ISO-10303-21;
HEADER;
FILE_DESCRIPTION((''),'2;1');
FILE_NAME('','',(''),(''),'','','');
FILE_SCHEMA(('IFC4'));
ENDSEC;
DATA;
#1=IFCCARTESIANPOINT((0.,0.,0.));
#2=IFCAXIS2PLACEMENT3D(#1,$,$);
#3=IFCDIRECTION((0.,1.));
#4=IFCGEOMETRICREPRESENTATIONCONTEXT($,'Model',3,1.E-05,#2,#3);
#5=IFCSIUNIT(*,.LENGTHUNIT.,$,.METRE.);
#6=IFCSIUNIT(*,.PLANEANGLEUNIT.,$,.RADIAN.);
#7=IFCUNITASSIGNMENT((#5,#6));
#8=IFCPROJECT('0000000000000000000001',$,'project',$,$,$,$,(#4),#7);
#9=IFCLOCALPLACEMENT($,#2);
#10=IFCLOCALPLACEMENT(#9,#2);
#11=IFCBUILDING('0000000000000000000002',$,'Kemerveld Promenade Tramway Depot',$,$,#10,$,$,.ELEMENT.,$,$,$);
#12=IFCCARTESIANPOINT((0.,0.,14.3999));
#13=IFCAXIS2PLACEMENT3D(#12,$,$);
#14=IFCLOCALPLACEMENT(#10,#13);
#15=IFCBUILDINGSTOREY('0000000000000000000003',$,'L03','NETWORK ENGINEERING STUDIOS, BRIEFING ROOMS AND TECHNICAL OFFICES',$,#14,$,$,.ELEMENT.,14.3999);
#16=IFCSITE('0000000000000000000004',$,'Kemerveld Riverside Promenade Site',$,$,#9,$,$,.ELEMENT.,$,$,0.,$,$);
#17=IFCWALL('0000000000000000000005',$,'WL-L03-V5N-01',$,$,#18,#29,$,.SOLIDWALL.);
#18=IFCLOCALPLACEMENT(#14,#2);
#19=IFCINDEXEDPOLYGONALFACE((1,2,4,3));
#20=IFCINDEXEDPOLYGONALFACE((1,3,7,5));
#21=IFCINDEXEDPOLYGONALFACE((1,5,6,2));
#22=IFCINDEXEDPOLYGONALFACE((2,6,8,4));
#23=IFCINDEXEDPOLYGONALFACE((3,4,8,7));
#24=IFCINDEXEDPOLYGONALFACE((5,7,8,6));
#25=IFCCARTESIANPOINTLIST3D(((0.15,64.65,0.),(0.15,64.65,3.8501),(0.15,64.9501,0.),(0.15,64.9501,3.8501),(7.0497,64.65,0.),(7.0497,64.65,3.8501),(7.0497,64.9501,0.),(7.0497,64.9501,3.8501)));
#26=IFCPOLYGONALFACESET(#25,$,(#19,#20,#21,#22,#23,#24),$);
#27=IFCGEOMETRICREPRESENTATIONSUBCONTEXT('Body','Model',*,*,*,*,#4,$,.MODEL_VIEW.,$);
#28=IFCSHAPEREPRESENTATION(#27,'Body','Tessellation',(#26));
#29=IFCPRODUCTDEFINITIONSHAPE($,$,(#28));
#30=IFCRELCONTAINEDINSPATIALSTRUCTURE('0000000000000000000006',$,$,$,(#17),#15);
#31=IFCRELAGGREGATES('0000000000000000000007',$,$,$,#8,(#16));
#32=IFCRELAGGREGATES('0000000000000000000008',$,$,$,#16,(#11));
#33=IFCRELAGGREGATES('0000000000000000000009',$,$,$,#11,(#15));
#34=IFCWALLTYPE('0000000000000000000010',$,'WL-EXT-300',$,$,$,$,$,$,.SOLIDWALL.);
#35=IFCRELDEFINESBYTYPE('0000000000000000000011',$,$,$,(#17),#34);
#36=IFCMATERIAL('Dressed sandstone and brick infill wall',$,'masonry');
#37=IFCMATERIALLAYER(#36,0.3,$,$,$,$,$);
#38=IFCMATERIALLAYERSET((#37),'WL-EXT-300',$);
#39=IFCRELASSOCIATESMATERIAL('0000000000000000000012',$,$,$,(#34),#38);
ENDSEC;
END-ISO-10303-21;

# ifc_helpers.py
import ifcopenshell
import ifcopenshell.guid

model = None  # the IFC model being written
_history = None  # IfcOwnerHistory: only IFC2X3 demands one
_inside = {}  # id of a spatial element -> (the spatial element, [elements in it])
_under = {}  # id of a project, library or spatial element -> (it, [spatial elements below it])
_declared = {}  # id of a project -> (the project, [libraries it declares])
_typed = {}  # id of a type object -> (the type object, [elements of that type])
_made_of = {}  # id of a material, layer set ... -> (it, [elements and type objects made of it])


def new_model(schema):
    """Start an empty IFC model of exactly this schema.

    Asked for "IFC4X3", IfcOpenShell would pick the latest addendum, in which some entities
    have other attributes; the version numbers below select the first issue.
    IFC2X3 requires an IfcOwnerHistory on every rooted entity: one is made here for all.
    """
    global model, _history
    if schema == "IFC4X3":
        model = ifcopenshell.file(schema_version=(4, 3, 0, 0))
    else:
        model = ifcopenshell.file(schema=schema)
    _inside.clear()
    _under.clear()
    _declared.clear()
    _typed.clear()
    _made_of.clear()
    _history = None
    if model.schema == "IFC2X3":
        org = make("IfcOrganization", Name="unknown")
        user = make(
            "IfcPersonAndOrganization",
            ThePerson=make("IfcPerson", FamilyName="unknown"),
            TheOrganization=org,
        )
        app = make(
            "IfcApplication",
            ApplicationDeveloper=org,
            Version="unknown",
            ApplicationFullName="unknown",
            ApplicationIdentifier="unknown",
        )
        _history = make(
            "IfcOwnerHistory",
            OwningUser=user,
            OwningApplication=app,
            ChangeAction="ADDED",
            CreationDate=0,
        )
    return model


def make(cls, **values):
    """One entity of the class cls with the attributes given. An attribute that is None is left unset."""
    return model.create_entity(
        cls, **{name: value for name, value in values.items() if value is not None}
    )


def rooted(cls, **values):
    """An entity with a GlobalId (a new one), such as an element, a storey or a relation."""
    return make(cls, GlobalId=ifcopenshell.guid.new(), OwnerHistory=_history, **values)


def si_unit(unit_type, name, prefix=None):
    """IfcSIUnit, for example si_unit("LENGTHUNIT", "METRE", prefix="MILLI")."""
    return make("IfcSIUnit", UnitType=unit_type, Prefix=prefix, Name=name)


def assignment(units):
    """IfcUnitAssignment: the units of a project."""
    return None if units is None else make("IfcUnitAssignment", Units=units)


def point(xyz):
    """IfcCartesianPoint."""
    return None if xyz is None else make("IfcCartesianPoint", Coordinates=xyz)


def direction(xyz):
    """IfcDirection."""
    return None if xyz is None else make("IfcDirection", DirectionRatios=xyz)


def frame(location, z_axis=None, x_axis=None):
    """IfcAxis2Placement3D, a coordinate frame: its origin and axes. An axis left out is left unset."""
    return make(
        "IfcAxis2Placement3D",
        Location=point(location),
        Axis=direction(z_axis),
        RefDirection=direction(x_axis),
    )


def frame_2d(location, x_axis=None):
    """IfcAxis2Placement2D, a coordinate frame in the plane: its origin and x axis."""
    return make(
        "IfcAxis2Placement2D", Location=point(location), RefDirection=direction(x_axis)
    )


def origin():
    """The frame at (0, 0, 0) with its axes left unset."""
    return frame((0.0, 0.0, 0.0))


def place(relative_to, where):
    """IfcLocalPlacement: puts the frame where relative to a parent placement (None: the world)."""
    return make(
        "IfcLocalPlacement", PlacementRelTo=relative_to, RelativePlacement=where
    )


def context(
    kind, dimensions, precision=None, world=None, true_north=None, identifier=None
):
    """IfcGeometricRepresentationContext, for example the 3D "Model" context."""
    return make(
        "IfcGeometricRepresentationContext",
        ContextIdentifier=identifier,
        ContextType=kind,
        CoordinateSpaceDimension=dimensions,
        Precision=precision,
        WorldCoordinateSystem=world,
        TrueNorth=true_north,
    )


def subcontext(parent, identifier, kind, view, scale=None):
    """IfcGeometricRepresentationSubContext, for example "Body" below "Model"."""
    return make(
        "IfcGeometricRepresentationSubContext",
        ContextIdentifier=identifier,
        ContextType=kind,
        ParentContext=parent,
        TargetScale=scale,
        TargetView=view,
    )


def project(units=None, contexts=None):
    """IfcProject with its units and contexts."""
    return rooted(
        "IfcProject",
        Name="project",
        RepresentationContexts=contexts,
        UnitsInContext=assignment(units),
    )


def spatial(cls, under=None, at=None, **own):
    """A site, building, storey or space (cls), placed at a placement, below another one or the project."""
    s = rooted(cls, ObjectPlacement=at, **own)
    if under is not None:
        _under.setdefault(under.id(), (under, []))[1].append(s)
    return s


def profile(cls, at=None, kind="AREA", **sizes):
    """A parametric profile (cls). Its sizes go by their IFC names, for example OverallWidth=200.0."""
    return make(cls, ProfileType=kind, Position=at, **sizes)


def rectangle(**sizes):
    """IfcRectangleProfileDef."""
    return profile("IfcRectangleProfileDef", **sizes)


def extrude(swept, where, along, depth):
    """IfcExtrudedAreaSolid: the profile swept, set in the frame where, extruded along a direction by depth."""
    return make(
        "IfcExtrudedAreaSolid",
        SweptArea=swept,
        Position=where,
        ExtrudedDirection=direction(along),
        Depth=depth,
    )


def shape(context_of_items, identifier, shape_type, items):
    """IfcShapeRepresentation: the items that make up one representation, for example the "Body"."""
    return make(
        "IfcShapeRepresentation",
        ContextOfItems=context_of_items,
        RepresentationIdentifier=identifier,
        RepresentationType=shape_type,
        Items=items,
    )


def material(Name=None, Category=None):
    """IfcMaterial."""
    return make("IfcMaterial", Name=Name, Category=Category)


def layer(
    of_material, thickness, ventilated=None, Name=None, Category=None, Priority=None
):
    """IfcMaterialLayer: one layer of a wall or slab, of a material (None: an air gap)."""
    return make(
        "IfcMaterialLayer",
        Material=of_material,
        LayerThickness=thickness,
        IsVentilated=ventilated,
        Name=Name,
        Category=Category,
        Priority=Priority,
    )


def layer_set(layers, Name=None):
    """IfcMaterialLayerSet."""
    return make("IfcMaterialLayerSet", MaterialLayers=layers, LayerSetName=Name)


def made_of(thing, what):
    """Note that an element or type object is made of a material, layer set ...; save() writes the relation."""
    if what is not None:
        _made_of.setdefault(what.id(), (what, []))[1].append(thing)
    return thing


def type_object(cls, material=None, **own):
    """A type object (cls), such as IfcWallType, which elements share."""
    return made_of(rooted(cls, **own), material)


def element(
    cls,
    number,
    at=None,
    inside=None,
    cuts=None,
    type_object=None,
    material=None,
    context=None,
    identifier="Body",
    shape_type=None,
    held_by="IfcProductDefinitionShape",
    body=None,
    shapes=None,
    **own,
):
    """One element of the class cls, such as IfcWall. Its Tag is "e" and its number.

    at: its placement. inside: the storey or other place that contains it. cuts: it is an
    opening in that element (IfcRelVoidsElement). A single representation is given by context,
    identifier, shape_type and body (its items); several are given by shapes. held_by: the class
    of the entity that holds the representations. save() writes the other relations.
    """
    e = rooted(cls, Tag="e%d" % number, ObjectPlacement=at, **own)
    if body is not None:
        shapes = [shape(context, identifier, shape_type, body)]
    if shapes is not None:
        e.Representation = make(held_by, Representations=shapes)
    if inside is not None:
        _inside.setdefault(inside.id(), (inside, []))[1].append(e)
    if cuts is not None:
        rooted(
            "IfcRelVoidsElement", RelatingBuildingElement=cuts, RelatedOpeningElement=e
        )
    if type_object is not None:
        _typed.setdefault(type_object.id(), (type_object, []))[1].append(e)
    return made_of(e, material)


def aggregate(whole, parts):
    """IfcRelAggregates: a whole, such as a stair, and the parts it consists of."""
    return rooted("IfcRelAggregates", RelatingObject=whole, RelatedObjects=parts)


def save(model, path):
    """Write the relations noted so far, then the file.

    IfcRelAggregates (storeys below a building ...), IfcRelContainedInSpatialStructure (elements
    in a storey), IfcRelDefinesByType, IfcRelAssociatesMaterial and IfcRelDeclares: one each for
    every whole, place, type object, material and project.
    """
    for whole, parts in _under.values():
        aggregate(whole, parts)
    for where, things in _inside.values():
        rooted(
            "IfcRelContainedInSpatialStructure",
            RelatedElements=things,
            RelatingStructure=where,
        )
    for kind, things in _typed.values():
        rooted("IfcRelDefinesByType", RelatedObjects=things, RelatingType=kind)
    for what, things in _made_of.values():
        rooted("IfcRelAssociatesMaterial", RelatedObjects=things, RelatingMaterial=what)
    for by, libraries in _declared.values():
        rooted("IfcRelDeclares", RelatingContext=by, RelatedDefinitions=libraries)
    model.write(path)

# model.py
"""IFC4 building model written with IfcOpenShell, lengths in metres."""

from ifc_helpers import new_model, si_unit, direction, frame, frame_2d, origin, place, context, subcontext, project, spatial, rectangle, extrude, material, layer, layer_set, type_object, element, save


model = new_model("IFC4")

# Units and contexts
model_context = context("Model", 3, precision=1e-05, world=origin(), true_north=direction((0.0, 1.0)))
body_context = subcontext(model_context, "Body", "Model", "MODEL_VIEW")
ifc_project = project(units=[si_unit("LENGTHUNIT", "METRE"), si_unit("PLANEANGLEUNIT", "RADIAN")], contexts=[model_context])

# Site, building, storey
site_placement = place(None, origin())
site = spatial("IfcSite", under=ifc_project, at=site_placement, Name="Kemerveld Riverside Promenade Site", CompositionType="ELEMENT", RefElevation=0.0)
building_placement = place(site_placement, origin())
building = spatial("IfcBuilding", under=site, at=building_placement, Name="Kemerveld Promenade Tramway Depot", CompositionType="ELEMENT")
storey_placement = place(building_placement, frame((0.0, 0.0, 14.3999)))
storey = spatial("IfcBuildingStorey", under=building, at=storey_placement, Name="L03", Description="NETWORK ENGINEERING STUDIOS, BRIEFING ROOMS AND TECHNICAL OFFICES", CompositionType="ELEMENT", Elevation=14.3999)

# Wall
ifc_material_1 = material(Name="Dressed sandstone and brick infill wall", Category="masonry")
ifc_layer_1 = layer(ifc_material_1, 0.3)
ifc_layer_set_1 = layer_set([ifc_layer_1], Name="WL-EXT-300")
wall_type = type_object("IfcWallType", Name="WL-EXT-300", PredefinedType="SOLIDWALL", material=ifc_layer_set_1)
wall_placement = place(storey_placement, frame((0.1501, 64.8, 0.0), z_axis=(0.0, 0.0, 1.0), x_axis=(1.0, 0.0, 0.0)))
element("IfcWall", 1, at=wall_placement, inside=storey, type_object=wall_type, Name="WL-L03-V5N-01", PredefinedType="SOLIDWALL", context=body_context, shape_type="SweptSolid", body=[
    extrude(rectangle(XDim=6.8997, YDim=0.3, at=frame_2d((3.4497, 0.0))), origin(), (0.0, 0.0, 1.0), 3.8501),
])

save(model, "model.ifc")
